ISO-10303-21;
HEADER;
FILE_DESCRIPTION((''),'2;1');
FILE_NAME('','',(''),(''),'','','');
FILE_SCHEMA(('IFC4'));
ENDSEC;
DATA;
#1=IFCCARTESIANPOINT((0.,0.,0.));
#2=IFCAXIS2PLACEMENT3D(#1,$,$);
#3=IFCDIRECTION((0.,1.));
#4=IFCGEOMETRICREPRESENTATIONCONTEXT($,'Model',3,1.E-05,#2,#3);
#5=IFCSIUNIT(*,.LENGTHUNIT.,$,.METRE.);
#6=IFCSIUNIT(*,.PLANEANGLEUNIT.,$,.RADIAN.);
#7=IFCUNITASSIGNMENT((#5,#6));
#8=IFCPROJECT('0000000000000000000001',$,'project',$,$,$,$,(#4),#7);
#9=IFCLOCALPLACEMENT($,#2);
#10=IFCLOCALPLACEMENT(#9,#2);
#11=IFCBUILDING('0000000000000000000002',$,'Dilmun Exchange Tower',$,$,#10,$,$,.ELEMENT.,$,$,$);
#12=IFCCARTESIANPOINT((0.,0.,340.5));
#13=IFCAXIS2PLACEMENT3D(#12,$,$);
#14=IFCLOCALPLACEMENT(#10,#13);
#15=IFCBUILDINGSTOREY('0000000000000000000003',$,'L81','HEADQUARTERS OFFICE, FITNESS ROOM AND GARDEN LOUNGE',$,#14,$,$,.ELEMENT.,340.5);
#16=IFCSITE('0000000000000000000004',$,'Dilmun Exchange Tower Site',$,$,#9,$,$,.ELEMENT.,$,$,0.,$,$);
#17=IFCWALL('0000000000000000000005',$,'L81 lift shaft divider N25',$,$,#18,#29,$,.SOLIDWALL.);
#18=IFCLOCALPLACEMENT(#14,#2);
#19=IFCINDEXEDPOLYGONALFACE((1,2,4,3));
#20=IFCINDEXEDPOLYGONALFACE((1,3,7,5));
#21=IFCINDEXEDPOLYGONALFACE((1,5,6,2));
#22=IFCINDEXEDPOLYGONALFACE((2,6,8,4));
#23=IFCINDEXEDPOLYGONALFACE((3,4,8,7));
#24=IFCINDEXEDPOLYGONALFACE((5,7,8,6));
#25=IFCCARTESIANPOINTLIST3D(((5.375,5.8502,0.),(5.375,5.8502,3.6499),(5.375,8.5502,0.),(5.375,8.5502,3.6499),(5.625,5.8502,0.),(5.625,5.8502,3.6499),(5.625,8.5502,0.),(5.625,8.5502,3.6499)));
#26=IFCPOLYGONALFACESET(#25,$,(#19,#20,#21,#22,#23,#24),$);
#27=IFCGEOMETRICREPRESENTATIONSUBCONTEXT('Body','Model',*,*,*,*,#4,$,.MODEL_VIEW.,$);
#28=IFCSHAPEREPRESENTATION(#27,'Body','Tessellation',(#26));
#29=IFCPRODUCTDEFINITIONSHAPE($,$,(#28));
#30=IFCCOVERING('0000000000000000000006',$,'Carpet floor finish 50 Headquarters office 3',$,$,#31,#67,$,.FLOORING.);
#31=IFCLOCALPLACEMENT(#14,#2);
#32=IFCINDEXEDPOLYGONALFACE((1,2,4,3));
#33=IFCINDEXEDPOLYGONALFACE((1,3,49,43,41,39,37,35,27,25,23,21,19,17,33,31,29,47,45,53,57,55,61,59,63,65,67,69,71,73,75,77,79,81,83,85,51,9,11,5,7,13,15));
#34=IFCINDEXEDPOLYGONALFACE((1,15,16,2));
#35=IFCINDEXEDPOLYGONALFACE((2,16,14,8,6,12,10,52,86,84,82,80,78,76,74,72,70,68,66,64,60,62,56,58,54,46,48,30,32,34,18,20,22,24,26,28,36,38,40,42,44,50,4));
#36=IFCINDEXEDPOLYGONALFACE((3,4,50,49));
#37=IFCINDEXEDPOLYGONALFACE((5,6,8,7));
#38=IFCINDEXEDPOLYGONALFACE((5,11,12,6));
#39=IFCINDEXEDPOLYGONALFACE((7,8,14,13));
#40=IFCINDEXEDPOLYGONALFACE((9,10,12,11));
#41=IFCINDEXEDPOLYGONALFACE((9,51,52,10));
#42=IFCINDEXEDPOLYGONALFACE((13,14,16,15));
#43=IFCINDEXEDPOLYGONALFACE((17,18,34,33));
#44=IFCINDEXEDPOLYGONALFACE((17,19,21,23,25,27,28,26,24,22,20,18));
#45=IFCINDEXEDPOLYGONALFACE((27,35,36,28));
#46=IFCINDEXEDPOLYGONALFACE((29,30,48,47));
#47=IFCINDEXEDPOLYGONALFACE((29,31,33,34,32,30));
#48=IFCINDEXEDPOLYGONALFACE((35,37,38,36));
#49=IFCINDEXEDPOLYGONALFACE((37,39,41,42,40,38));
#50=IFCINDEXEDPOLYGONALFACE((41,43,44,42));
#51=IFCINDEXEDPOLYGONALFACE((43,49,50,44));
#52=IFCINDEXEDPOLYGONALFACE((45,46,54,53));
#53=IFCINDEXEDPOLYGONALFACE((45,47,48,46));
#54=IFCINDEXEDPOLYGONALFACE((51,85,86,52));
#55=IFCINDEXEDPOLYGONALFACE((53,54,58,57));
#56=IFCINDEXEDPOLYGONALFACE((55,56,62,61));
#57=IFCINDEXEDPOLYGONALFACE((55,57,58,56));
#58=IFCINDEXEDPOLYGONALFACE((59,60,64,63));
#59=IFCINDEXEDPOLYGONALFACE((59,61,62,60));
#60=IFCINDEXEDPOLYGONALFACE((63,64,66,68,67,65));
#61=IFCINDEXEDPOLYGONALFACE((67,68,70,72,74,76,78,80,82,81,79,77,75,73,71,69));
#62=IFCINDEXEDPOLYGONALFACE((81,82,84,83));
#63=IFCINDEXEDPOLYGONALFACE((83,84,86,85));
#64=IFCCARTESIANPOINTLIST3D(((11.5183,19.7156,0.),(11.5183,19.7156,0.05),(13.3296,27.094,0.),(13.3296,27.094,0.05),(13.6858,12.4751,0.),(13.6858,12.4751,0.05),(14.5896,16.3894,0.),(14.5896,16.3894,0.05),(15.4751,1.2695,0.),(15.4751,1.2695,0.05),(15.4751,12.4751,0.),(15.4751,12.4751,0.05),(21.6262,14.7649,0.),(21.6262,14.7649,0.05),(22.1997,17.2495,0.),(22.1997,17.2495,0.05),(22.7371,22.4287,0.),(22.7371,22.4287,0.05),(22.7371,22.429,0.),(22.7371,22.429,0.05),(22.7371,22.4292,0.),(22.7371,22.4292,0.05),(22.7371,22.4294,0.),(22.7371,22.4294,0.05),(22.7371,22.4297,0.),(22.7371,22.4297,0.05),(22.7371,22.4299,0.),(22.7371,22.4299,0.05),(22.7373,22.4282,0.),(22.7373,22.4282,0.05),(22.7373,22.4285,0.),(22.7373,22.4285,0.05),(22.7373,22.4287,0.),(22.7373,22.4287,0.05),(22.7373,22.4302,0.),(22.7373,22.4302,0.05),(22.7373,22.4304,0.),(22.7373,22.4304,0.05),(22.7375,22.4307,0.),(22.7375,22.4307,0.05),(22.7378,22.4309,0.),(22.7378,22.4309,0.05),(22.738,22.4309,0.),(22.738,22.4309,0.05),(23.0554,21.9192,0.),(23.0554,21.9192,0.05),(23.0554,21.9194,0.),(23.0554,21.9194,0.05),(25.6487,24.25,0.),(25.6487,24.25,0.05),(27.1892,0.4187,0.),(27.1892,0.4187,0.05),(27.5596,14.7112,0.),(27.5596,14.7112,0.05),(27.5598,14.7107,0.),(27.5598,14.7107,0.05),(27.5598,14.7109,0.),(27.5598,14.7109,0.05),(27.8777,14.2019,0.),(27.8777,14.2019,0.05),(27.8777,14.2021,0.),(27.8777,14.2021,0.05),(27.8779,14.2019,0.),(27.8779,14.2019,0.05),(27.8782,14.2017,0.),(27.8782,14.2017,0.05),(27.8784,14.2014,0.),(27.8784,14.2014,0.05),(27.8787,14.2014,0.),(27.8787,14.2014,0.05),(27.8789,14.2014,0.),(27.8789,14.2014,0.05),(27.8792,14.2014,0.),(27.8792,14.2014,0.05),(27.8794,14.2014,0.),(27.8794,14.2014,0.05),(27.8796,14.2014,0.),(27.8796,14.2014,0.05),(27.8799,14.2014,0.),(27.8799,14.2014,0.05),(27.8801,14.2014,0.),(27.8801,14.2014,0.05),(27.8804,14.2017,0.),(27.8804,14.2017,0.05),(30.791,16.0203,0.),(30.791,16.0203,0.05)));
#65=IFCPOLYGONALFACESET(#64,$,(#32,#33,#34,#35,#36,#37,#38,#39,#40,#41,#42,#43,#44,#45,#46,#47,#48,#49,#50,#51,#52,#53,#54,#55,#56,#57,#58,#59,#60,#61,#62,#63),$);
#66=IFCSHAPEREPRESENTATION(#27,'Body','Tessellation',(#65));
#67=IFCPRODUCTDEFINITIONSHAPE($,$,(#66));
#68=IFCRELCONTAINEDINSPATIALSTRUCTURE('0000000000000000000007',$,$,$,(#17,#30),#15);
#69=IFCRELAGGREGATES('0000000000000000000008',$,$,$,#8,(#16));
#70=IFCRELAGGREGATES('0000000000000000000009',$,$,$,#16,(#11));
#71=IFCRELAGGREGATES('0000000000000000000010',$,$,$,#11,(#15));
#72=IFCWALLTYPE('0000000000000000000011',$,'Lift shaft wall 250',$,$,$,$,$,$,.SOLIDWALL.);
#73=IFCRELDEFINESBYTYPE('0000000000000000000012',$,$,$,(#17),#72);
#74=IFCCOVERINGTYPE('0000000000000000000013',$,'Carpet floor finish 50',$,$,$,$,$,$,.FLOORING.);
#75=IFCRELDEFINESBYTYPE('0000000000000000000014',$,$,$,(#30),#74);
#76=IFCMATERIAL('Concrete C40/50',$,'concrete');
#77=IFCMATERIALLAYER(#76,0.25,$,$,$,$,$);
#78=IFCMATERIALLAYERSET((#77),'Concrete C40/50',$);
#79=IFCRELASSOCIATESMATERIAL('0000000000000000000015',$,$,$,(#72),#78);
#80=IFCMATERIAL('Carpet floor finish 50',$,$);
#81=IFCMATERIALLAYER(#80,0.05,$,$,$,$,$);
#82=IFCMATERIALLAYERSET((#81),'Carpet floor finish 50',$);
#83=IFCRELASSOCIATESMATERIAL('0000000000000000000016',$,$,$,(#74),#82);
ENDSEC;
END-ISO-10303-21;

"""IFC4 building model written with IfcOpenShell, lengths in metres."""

from ifc_helpers import new_model, si_unit, direction, frame, frame_2d, origin, place, context, subcontext, project, spatial, polyline, rectangle, outline, extrude, material, layer, layer_set, type_object, element, save


model = new_model("IFC4")

# Units and contexts
model_context = context("Model", 3, precision=1e-05, world=origin(), true_north=direction((0.0, 1.0)))
body_context = subcontext(model_context, "Body", "Model", "MODEL_VIEW")
ifc_project = project(units=[si_unit("LENGTHUNIT", "METRE"), si_unit("PLANEANGLEUNIT", "RADIAN")], contexts=[model_context])

# Site, building, storey
site_placement = place(None, origin())
site = spatial("IfcSite", under=ifc_project, at=site_placement, Name="Dilmun Exchange Tower Site", CompositionType="ELEMENT", RefElevation=0.0)
building_placement = place(site_placement, origin())
building = spatial("IfcBuilding", under=site, at=building_placement, Name="Dilmun Exchange Tower", CompositionType="ELEMENT")
storey_placement = place(building_placement, frame((0.0, 0.0, 340.5)))
storey = spatial("IfcBuildingStorey", under=building, at=storey_placement, Name="L81", Description="HEADQUARTERS OFFICE, FITNESS ROOM AND GARDEN LOUNGE", CompositionType="ELEMENT", Elevation=340.5)

# Shared definitions
ifc_material_1 = material(Name="Concrete C40/50", Category="concrete")

# Shared definitions
ifc_layer_1 = layer(ifc_material_1, 0.25)
ifc_layer_set_1 = layer_set([ifc_layer_1], Name="Concrete C40/50")
wall_type_1 = type_object("IfcWallType", Name="Lift shaft wall 250", PredefinedType="SOLIDWALL", material=ifc_layer_set_1)

# Wall
for number, where, z_axis, x_axis, name in (
    (1, (5.5, 5.8501, 0.0), (0.0, 0.0, 1.0), (0.0, 1.0, 0.0), "L81 lift shaft divider N25"),
):
    element("IfcWall", number, at=place(storey_placement, frame(where, z_axis=z_axis, x_axis=x_axis)), inside=storey, type_object=wall_type_1, Name=name, PredefinedType="SOLIDWALL", context=body_context, shape_type="SweptSolid", body=[
        extrude(rectangle(XDim=2.7, YDim=0.25, at=frame_2d((1.3501, 0.0))), origin(), (0.0, 0.0, 1.0), 3.6499),
    ])

# Covering
ifc_material_2 = material(Name="Carpet floor finish 50")
ifc_layer_2 = layer(ifc_material_2, 0.05)
ifc_layer_set_2 = layer_set([ifc_layer_2], Name="Carpet floor finish 50")
covering_type = type_object("IfcCoveringType", Name="Carpet floor finish 50", PredefinedType="FLOORING", material=ifc_layer_set_2)
covering_placement = place(storey_placement, origin())
element("IfcCovering", 2, at=covering_placement, inside=storey, type_object=covering_type, Name="Carpet floor finish 50 Headquarters office 3", PredefinedType="FLOORING", context=body_context, shape_type="SweptSolid", body=[
    extrude(outline(polyline([(15.4751, 1.2695), (15.4751, 12.4751), (13.6858, 12.4751), (14.5896, 16.3894), (21.6262, 14.7649), (22.1997, 17.2495), (11.5183, 19.7156), (13.3296, 27.094), (25.6487, 24.25), (22.738, 22.4309), (22.7378, 22.4309), (22.7378, 22.4309), (22.7375, 22.4307), (22.7373, 22.4304), (22.7373, 22.4304), (22.7373, 22.4302), (22.7371, 22.4299), (22.7371, 22.4297), (22.7371, 22.4297), (22.7371, 22.4294), (22.7371, 22.4292), (22.7371, 22.429), (22.7371, 22.4287), (22.7373, 22.4287), (22.7373, 22.4285), (22.7373, 22.4282), (23.0554, 21.9194), (23.0554, 21.9192), (23.0554, 21.9192), (27.5596, 14.7112), (27.5598, 14.7109), (27.5598, 14.7107), (27.8777, 14.2021), (27.8777, 14.2021), (27.8777, 14.2019), (27.8779, 14.2019), (27.8782, 14.2017), (27.8784, 14.2014), (27.8784, 14.2014), (27.8787, 14.2014), (27.8789, 14.2014), (27.8789, 14.2014), (27.8792, 14.2014), (27.8794, 14.2014), (27.8796, 14.2014), (27.8799, 14.2014), (27.8799, 14.2014), (27.8801, 14.2014), (27.8804, 14.2017), (30.791, 16.0203), (27.1892, 0.4187), (15.4751, 1.2695)])), origin(), (0.0, 0.0, 1.0), 0.05),
])

save(model, "model.ifc")
